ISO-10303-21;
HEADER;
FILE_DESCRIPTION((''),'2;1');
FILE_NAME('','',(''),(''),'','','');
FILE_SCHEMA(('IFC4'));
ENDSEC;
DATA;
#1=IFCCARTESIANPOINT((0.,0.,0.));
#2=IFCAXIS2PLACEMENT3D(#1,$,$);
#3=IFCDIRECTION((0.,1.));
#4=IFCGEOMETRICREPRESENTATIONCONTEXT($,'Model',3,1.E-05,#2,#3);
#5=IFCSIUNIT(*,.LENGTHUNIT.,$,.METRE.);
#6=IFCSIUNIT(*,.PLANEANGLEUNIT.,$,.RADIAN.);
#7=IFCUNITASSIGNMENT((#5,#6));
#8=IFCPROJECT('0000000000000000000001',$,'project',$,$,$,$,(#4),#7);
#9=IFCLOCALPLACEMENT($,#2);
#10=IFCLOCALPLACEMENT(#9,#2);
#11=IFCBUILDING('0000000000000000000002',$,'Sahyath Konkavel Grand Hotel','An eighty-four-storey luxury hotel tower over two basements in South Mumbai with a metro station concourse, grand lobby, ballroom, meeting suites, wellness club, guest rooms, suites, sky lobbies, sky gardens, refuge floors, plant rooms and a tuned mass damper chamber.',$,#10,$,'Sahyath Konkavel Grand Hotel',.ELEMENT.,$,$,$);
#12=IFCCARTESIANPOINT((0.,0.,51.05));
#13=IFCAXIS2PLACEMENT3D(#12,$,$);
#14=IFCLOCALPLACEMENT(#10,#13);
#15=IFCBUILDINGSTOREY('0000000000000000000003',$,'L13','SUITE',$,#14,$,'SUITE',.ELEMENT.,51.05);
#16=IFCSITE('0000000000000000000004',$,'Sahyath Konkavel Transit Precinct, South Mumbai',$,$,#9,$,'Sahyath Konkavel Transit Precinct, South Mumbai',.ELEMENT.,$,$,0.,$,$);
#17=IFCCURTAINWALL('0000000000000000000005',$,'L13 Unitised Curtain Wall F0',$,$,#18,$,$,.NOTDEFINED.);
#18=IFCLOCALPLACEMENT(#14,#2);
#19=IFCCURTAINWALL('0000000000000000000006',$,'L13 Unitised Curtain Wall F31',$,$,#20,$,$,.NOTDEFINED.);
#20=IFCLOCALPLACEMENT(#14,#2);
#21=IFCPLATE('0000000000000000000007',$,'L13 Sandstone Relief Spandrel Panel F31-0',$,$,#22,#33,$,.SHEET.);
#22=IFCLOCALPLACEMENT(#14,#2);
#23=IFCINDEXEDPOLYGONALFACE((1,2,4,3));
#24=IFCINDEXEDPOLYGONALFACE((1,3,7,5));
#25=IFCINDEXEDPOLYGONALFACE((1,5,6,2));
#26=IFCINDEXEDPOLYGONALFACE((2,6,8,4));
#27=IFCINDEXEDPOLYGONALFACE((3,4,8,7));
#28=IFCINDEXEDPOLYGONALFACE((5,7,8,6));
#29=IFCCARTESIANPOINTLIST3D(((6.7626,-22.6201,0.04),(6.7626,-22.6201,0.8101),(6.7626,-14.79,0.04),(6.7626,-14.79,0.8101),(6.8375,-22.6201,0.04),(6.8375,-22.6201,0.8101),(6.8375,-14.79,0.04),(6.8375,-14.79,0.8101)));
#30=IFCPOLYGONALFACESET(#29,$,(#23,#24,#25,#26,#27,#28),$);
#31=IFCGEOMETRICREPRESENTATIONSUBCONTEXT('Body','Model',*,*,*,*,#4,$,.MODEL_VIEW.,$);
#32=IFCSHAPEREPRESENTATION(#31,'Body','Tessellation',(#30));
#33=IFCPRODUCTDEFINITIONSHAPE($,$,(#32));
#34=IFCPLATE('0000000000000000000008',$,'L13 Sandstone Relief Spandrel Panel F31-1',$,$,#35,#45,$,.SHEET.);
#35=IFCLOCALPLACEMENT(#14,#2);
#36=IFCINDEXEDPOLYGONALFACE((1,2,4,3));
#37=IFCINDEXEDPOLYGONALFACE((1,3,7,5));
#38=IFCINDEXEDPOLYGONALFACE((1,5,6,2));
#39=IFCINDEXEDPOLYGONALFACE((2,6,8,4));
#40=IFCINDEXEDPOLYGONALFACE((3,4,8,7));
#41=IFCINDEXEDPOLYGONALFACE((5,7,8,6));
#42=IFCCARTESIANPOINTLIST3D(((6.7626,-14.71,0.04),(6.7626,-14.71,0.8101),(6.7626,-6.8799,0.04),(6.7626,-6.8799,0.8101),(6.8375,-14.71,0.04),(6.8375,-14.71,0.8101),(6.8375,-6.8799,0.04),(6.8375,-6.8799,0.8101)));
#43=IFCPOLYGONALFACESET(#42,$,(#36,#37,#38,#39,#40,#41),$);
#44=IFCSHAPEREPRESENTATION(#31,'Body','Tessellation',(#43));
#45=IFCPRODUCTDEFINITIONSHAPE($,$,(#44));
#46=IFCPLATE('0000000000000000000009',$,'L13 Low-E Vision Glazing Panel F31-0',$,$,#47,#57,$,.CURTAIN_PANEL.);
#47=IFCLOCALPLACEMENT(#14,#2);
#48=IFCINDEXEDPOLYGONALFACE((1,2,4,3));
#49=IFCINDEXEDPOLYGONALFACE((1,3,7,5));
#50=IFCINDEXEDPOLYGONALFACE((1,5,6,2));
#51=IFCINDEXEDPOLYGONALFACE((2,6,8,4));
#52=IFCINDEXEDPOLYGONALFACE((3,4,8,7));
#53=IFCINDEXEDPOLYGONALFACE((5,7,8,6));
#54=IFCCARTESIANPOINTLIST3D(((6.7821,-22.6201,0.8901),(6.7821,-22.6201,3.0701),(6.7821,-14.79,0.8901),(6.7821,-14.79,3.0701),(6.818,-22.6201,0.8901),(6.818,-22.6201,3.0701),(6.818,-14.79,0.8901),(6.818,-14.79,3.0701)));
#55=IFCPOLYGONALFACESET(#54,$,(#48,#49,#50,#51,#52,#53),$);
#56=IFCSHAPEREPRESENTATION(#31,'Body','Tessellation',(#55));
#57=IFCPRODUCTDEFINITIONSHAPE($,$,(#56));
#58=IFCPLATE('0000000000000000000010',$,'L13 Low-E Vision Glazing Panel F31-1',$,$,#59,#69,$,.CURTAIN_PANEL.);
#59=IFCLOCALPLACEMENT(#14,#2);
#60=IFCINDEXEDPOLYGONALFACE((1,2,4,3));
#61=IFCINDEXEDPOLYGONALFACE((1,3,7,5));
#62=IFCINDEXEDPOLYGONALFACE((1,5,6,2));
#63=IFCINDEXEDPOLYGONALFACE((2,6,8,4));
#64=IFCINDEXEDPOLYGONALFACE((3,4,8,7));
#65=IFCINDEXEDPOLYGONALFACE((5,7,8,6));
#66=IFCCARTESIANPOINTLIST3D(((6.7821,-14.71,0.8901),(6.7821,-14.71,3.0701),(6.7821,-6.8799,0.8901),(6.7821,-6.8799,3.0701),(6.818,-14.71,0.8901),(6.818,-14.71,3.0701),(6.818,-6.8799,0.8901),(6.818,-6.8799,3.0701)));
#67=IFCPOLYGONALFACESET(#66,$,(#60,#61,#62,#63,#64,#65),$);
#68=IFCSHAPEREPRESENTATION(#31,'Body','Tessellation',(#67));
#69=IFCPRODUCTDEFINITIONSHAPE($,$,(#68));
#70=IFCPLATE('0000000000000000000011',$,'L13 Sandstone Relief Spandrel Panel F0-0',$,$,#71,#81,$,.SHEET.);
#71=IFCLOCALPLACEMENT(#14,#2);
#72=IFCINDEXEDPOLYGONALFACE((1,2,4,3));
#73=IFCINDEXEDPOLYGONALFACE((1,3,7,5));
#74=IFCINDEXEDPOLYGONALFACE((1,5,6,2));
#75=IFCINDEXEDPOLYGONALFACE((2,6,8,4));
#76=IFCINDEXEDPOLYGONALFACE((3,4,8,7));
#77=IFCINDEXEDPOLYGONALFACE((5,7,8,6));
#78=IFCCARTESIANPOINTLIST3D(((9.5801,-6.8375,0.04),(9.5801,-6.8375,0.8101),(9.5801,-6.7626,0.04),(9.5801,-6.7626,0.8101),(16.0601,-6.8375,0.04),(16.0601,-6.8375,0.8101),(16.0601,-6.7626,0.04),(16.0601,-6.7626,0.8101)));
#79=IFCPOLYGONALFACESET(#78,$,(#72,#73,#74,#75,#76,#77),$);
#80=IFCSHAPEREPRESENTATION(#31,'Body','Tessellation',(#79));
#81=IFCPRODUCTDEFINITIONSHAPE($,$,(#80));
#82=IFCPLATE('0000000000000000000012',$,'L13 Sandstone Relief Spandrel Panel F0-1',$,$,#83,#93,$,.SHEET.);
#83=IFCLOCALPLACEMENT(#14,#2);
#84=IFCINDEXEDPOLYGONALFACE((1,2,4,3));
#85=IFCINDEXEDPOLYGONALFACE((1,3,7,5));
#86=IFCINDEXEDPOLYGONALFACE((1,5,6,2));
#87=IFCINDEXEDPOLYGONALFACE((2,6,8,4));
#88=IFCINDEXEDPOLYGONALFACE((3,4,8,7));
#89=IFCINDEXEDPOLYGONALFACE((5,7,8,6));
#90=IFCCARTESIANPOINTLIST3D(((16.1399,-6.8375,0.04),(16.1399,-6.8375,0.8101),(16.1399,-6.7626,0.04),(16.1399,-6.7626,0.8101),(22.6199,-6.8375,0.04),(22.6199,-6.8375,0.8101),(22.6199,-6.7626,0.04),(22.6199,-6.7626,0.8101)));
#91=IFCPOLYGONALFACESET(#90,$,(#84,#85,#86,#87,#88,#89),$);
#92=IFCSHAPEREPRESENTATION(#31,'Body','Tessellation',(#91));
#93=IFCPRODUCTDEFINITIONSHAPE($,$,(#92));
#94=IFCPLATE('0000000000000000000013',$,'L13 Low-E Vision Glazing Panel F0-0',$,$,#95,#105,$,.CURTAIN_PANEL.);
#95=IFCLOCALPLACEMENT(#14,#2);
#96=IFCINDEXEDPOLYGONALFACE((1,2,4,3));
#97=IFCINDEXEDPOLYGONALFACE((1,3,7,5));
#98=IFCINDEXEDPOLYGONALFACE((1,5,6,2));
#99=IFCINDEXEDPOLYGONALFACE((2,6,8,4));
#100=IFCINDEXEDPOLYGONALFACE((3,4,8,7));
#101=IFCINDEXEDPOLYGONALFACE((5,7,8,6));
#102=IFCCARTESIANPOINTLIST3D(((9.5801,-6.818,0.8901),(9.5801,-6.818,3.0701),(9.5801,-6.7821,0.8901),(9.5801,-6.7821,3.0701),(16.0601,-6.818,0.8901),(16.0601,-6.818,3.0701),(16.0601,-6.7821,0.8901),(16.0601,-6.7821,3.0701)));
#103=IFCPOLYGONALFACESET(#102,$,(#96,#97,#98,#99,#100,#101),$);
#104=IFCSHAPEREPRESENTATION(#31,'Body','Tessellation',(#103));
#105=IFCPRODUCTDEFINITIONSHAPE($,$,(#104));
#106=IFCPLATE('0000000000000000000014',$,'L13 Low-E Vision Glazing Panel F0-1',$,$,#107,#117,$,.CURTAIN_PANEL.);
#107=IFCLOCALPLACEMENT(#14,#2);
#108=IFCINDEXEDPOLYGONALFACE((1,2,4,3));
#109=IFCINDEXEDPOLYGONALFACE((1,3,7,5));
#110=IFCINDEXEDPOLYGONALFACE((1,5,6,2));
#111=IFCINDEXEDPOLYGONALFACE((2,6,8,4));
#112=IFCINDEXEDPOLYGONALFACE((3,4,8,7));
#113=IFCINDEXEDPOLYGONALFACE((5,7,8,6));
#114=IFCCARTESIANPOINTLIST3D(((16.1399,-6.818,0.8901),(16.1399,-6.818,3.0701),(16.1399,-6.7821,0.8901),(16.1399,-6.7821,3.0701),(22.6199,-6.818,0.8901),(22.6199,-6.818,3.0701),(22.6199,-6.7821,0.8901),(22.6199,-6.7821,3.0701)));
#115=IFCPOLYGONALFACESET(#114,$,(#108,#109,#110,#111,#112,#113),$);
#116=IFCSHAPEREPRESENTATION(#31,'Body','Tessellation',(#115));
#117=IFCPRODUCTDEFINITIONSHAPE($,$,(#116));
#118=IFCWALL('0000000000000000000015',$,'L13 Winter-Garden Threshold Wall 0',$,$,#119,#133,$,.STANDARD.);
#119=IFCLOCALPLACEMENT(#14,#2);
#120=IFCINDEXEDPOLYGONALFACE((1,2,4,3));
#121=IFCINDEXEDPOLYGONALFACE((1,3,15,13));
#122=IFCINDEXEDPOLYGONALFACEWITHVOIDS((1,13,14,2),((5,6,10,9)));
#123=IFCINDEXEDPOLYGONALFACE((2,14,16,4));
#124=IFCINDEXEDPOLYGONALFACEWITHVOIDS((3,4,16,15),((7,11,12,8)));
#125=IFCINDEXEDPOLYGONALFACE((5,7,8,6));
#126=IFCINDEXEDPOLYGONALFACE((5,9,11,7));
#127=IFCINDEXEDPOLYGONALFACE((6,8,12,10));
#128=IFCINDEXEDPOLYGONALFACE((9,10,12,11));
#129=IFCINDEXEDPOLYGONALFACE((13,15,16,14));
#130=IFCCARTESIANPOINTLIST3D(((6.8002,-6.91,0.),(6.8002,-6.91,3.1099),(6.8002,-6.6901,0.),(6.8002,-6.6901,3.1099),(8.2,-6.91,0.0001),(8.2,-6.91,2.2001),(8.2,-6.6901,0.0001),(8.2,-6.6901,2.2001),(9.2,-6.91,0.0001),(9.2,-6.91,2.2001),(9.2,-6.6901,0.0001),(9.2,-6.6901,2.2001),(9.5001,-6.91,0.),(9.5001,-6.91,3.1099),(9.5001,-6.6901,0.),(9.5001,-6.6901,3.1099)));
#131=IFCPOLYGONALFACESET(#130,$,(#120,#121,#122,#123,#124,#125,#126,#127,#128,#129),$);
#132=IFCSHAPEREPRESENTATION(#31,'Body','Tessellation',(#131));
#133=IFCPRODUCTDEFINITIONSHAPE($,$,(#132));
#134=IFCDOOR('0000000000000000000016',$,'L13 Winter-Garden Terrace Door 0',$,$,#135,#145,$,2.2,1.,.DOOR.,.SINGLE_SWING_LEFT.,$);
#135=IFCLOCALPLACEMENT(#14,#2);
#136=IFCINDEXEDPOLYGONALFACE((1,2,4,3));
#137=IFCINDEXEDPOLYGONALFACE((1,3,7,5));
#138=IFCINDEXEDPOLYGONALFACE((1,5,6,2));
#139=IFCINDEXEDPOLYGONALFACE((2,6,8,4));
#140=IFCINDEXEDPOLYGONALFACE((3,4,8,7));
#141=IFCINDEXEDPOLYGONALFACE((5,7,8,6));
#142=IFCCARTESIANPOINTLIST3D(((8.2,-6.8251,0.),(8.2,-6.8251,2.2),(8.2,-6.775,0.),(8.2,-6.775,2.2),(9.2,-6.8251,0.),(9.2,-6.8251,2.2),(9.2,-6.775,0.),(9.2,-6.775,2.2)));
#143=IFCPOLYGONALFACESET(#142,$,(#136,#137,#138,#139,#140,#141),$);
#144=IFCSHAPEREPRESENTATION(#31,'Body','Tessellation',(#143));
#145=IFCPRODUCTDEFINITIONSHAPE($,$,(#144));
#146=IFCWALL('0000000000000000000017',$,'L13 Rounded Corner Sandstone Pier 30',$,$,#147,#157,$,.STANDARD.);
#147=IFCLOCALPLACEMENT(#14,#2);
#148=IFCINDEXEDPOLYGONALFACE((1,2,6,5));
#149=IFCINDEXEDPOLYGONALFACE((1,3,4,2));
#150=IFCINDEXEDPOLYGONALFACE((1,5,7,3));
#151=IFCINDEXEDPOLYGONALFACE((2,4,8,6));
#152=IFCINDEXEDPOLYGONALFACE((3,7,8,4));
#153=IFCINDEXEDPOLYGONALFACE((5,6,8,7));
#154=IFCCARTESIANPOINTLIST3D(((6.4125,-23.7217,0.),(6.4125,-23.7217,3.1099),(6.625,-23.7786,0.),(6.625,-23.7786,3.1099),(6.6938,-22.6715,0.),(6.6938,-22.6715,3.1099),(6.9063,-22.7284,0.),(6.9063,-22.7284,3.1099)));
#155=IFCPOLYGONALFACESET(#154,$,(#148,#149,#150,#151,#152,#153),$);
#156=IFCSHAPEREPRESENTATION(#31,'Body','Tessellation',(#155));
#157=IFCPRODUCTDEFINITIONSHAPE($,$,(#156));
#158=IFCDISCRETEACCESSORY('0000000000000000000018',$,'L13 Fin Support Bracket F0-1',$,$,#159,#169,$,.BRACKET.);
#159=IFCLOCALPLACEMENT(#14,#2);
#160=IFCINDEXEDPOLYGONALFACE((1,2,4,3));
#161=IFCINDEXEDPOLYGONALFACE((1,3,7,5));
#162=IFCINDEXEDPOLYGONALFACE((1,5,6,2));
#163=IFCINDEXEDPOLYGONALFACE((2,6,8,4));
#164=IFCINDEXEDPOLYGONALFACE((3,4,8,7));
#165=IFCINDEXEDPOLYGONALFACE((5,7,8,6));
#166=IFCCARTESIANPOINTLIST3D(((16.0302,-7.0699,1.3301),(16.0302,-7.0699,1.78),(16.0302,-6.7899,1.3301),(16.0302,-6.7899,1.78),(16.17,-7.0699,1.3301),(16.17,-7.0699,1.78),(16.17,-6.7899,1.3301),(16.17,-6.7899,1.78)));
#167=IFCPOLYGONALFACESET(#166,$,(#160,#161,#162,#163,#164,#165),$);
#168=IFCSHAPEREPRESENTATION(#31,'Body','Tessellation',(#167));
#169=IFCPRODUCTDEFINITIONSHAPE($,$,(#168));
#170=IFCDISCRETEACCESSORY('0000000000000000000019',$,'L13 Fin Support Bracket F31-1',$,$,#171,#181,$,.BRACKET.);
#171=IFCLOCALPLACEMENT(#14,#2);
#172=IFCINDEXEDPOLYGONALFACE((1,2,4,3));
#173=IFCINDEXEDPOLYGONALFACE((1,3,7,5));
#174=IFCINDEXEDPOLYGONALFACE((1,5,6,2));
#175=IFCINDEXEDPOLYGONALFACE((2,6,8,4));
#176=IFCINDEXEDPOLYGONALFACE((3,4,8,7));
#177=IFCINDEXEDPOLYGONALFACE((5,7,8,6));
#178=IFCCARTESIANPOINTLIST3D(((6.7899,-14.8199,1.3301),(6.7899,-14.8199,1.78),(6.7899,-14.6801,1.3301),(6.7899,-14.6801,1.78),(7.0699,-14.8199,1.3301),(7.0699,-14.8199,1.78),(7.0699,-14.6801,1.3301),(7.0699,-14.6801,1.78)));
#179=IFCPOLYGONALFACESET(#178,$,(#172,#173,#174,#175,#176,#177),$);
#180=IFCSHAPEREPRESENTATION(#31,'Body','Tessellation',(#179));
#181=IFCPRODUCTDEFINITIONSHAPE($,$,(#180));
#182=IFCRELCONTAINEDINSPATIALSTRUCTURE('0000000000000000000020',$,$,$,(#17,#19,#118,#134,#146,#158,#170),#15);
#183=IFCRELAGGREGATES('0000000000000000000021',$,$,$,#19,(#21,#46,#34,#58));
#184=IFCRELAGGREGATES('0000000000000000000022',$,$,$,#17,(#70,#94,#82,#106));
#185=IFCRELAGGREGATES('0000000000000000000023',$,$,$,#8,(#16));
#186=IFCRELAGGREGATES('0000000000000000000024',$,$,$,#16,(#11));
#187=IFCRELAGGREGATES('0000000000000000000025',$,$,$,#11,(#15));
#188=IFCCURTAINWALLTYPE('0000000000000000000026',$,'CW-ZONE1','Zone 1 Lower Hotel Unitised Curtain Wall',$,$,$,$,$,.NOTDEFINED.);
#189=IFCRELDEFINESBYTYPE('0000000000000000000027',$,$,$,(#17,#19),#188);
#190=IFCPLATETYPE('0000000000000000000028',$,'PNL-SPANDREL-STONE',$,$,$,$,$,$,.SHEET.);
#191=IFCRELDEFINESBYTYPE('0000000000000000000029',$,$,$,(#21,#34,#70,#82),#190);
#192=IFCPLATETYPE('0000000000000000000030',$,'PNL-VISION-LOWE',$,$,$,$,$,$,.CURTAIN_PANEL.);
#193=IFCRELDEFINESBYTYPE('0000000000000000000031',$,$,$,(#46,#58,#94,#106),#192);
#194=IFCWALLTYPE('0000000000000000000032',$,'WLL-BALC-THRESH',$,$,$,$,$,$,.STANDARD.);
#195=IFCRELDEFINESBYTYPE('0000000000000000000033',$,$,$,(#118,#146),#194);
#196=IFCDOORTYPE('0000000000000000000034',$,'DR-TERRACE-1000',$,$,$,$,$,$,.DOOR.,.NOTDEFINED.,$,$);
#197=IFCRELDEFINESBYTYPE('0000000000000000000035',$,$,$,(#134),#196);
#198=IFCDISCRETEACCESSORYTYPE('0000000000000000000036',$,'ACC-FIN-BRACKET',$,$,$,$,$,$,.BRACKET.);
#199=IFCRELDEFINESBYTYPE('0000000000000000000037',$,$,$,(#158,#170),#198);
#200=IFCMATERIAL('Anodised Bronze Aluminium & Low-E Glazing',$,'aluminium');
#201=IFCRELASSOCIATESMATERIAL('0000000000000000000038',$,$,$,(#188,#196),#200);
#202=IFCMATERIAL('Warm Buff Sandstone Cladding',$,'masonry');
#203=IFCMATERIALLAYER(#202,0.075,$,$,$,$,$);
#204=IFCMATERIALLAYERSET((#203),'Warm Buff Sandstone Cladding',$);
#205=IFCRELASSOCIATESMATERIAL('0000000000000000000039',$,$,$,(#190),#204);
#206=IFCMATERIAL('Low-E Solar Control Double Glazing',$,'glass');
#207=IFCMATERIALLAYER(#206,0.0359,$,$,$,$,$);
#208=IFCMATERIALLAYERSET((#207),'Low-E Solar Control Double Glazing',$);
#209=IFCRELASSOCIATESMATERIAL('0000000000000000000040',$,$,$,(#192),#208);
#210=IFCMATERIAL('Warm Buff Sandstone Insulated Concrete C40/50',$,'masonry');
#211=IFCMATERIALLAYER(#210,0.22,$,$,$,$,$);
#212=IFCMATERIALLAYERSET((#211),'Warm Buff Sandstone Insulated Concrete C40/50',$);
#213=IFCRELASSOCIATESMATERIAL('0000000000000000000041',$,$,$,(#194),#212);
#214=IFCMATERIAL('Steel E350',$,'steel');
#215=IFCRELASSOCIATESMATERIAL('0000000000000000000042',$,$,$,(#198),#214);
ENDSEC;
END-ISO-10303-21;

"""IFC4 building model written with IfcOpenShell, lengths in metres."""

from ifc_helpers import new_model, si_unit, direction, frame, frame_2d, origin, origin_2d, place, context, subcontext, project, spatial, rectangle, extrude, source, transform, mapped, material, layer, layer_set, type_object, element, fill, aggregate, save


model = new_model("IFC4")

# Units and contexts
model_context = context("Model", 3, precision=1e-05, world=origin(), true_north=direction((0.0, 1.0)))
body_context = subcontext(model_context, "Body", "Model", "MODEL_VIEW")
ifc_project = project(units=[si_unit("LENGTHUNIT", "METRE"), si_unit("PLANEANGLEUNIT", "RADIAN")], contexts=[model_context])

# Site, building, storey
site_placement = place(None, origin())
site = spatial("IfcSite", under=ifc_project, at=site_placement, Name="Sahyath Konkavel Transit Precinct, South Mumbai", LongName="Sahyath Konkavel Transit Precinct, South Mumbai", CompositionType="ELEMENT", RefElevation=0.0)
building_placement = place(site_placement, origin())
building = spatial("IfcBuilding", under=site, at=building_placement, Name="Sahyath Konkavel Grand Hotel", Description="An eighty-four-storey luxury hotel tower over two basements in South Mumbai with a metro station concourse, grand lobby, ballroom, meeting suites, wellness club, guest rooms, suites, sky lobbies, sky gardens, refuge floors, plant rooms and a tuned mass damper chamber.", LongName="Sahyath Konkavel Grand Hotel", CompositionType="ELEMENT")
storey_placement = place(building_placement, frame((0.0, 0.0, 51.05)))
storey = spatial("IfcBuildingStorey", under=building, at=storey_placement, Name="L13", Description="SUITE", LongName="SUITE", CompositionType="ELEMENT", Elevation=51.05)

# Curtain walls
ifc_material_1 = material(Name="Anodised Bronze Aluminium & Low-E Glazing", Category="aluminium")
curtain_wall_type = type_object("IfcCurtainWallType", Name="CW-ZONE1", Description="Zone 1 Lower Hotel Unitised Curtain Wall", PredefinedType="NOTDEFINED", material=ifc_material_1)
curtain_wall_1_placement = place(storey_placement, origin())
curtain_wall_1 = element("IfcCurtainWall", 1, at=curtain_wall_1_placement, inside=storey, type_object=curtain_wall_type, Name="L13 Unitised Curtain Wall F0", PredefinedType="NOTDEFINED")
curtain_wall_2_placement = place(storey_placement, origin())
curtain_wall_2 = element("IfcCurtainWall", 2, at=curtain_wall_2_placement, inside=storey, type_object=curtain_wall_type, Name="L13 Unitised Curtain Wall F31", PredefinedType="NOTDEFINED")

# Plates
ifc_material_2 = material(Name="Warm Buff Sandstone Cladding", Category="masonry")
ifc_layer_1 = layer(ifc_material_2, 0.075)
ifc_layer_set_1 = layer_set([ifc_layer_1], Name="Warm Buff Sandstone Cladding")
plate_type_1 = type_object("IfcPlateType", Name="PNL-SPANDREL-STONE", PredefinedType="SHEET", material=ifc_layer_set_1)
shared_shape_1 = source(origin(), body_context, "Body", "SweptSolid", [
    extrude(rectangle(XDim=7.8301, YDim=0.075, at=origin_2d()), origin(), (0.0, 0.0, 1.0), 0.77),
])
plate_1_placement = place(storey_placement, frame((6.8, -18.7051, 0.04), z_axis=(0.0, 0.0, 1.0), x_axis=(0.0, 1.0, 0.0)))
plate_1 = element("IfcPlate", 3, at=plate_1_placement, type_object=plate_type_1, Name="L13 Sandstone Relief Spandrel Panel F31-0", PredefinedType="SHEET", context=body_context, shape_type="MappedRepresentation", body=[
    mapped(shared_shape_1, transform((0.0, 0.0, 0.0), scale=1.0)),
])
plate_2_placement = place(storey_placement, frame((6.8, -10.7949, 0.04), z_axis=(0.0, 0.0, 1.0), x_axis=(0.0, 1.0, 0.0)))
plate_2 = element("IfcPlate", 4, at=plate_2_placement, type_object=plate_type_1, Name="L13 Sandstone Relief Spandrel Panel F31-1", PredefinedType="SHEET", context=body_context, shape_type="MappedRepresentation", body=[
    mapped(shared_shape_1, transform((0.0, 0.0, 0.0), scale=1.0)),
])
ifc_material_3 = material(Name="Low-E Solar Control Double Glazing", Category="glass")
ifc_layer_2 = layer(ifc_material_3, 0.0359)
ifc_layer_set_2 = layer_set([ifc_layer_2], Name="Low-E Solar Control Double Glazing")
plate_type_2 = type_object("IfcPlateType", Name="PNL-VISION-LOWE", PredefinedType="CURTAIN_PANEL", material=ifc_layer_set_2)
shared_shape_2 = source(origin(), body_context, "Body", "SweptSolid", [
    extrude(rectangle(XDim=7.8301, YDim=0.0359, at=origin_2d()), origin(), (0.0, 0.0, 1.0), 2.1799),
])
plate_3_placement = place(storey_placement, frame((6.8, -18.7051, 0.8901), z_axis=(0.0, 0.0, 1.0), x_axis=(0.0, 1.0, 0.0)))
plate_3 = element("IfcPlate", 5, at=plate_3_placement, type_object=plate_type_2, Name="L13 Low-E Vision Glazing Panel F31-0", PredefinedType="CURTAIN_PANEL", context=body_context, shape_type="MappedRepresentation", body=[
    mapped(shared_shape_2, transform((0.0, 0.0, 0.0), scale=1.0)),
])
plate_4_placement = place(storey_placement, frame((6.8, -10.7949, 0.8901), z_axis=(0.0, 0.0, 1.0), x_axis=(0.0, 1.0, 0.0)))
plate_4 = element("IfcPlate", 6, at=plate_4_placement, type_object=plate_type_2, Name="L13 Low-E Vision Glazing Panel F31-1", PredefinedType="CURTAIN_PANEL", context=body_context, shape_type="MappedRepresentation", body=[
    mapped(shared_shape_2, transform((0.0, 0.0, 0.0), scale=1.0)),
])
aggregate(curtain_wall_2, [plate_1, plate_3, plate_2, plate_4])
shared_shape_3 = source(origin(), body_context, "Body", "SweptSolid", [
    extrude(rectangle(XDim=6.48, YDim=0.075, at=origin_2d()), origin(), (0.0, 0.0, 1.0), 0.77),
])
plate_5_placement = place(storey_placement, frame((12.8201, -6.8, 0.04), z_axis=(0.0, 0.0, 1.0), x_axis=(1.0, 0.0, 0.0)))
plate_5 = element("IfcPlate", 7, at=plate_5_placement, type_object=plate_type_1, Name="L13 Sandstone Relief Spandrel Panel F0-0", PredefinedType="SHEET", context=body_context, shape_type="MappedRepresentation", body=[
    mapped(shared_shape_3, transform((0.0, 0.0, 0.0), scale=1.0)),
])
plate_6_placement = place(storey_placement, frame((19.3799, -6.8, 0.04), z_axis=(0.0, 0.0, 1.0), x_axis=(1.0, 0.0, 0.0)))
plate_6 = element("IfcPlate", 8, at=plate_6_placement, type_object=plate_type_1, Name="L13 Sandstone Relief Spandrel Panel F0-1", PredefinedType="SHEET", context=body_context, shape_type="MappedRepresentation", body=[
    mapped(shared_shape_3, transform((0.0, 0.0, 0.0), scale=1.0)),
])
shared_shape_4 = source(origin(), body_context, "Body", "SweptSolid", [
    extrude(rectangle(XDim=6.48, YDim=0.0359, at=origin_2d()), origin(), (0.0, 0.0, 1.0), 2.1799),
])
plate_7_placement = place(storey_placement, frame((12.8201, -6.8, 0.8901), z_axis=(0.0, 0.0, 1.0), x_axis=(1.0, 0.0, 0.0)))
plate_7 = element("IfcPlate", 9, at=plate_7_placement, type_object=plate_type_2, Name="L13 Low-E Vision Glazing Panel F0-0", PredefinedType="CURTAIN_PANEL", context=body_context, shape_type="MappedRepresentation", body=[
    mapped(shared_shape_4, transform((0.0, 0.0, 0.0), scale=1.0)),
])
plate_8_placement = place(storey_placement, frame((19.3799, -6.8, 0.8901), z_axis=(0.0, 0.0, 1.0), x_axis=(1.0, 0.0, 0.0)))
plate_8 = element("IfcPlate", 10, at=plate_8_placement, type_object=plate_type_2, Name="L13 Low-E Vision Glazing Panel F0-1", PredefinedType="CURTAIN_PANEL", context=body_context, shape_type="MappedRepresentation", body=[
    mapped(shared_shape_4, transform((0.0, 0.0, 0.0), scale=1.0)),
])
aggregate(curtain_wall_1, [plate_5, plate_7, plate_6, plate_8])

# Wall, opening, door
ifc_material_4 = material(Name="Warm Buff Sandstone Insulated Concrete C40/50", Category="masonry")
ifc_layer_3 = layer(ifc_material_4, 0.22)
ifc_layer_set_3 = layer_set([ifc_layer_3], Name="Warm Buff Sandstone Insulated Concrete C40/50")
wall_type = type_object("IfcWallType", Name="WLL-BALC-THRESH", PredefinedType="STANDARD", material=ifc_layer_set_3)
wall_1_placement = place(storey_placement, frame((6.8, -6.8, 0.0), z_axis=(0.0, 0.0, 1.0), x_axis=(1.0, 0.0, 0.0)))
wall_1 = element("IfcWall", 11, at=wall_1_placement, inside=storey, type_object=wall_type, Name="L13 Winter-Garden Threshold Wall 0", PredefinedType="STANDARD", context=body_context, shape_type="SweptSolid", body=[
    extrude(rectangle(XDim=2.7, YDim=0.22, at=frame_2d((1.3501, 0.0))), origin(), (0.0, 0.0, 1.0), 3.1099),
])
opening_placement = place(wall_1_placement, frame((1.3999, 0.0, 0.0)))
opening = element("IfcOpeningElement", 12, at=opening_placement, cuts=wall_1, PredefinedType="OPENING", context=body_context, shape_type="SweptSolid", body=[
    extrude(rectangle(XDim=1.0, YDim=2.2, at=frame_2d((0.5, 1.1001))), frame((0.0, 0.1201, 0.0), z_axis=(0.0, -1.0, 0.0), x_axis=(1.0, 0.0, 0.0)), (0.0, 0.0, 1.0), 0.24),
])
door_type = type_object("IfcDoorType", Name="DR-TERRACE-1000", OperationType="NOTDEFINED", PredefinedType="DOOR", material=ifc_material_1)
shared_shape_5 = source(origin(), body_context, "Body", "SweptSolid", [
    extrude(rectangle(XDim=1.0, YDim=0.05, at=origin_2d()), origin(), (0.0, 0.0, 1.0), 2.2),
])
door_placement = place(opening_placement, frame((0.5, 0.0, 0.0)))
door = element("IfcDoor", 13, at=door_placement, inside=storey, type_object=door_type, Name="L13 Winter-Garden Terrace Door 0", OperationType="SINGLE_SWING_LEFT", OverallHeight=2.2, OverallWidth=1.0, PredefinedType="DOOR", context=body_context, shape_type="MappedRepresentation", body=[
    mapped(shared_shape_5, transform((0.0, 0.0, 0.0), scale=1.0)),
])
fill(opening, door)

# Wall
wall_2_placement = place(storey_placement, frame((6.5188, -23.75, 0.0), z_axis=(0.0, 0.0, 1.0), x_axis=(0.258725, 0.965951, 0.0)))
element("IfcWall", 14, at=wall_2_placement, inside=storey, type_object=wall_type, Name="L13 Rounded Corner Sandstone Pier 30", PredefinedType="STANDARD", context=body_context, shape_type="SweptSolid", body=[
    extrude(rectangle(XDim=1.0872, YDim=0.22, at=frame_2d((0.5435, 0.0))), origin(), (0.0, 0.0, 1.0), 3.1099),
])

# Discrete accessories
ifc_material_5 = material(Name="Steel E350", Category="steel")
discrete_accessory_type = type_object("IfcDiscreteAccessoryType", Name="ACC-FIN-BRACKET", PredefinedType="BRACKET", material=ifc_material_5)
shared_shape_6 = source(origin(), body_context, "Body", "SweptSolid", [
    extrude(rectangle(XDim=0.28, YDim=0.1399, at=origin_2d()), origin(), (0.0, 0.0, 1.0), 0.45),
])
for number, where, z_axis, x_axis, name in (
    (15, (16.1001, -6.9299, 1.3301), (0.0, 0.0, 1.0), (0.0, -1.0, 0.0), "L13 Fin Support Bracket F0-1"),
    (16, (6.9299, -14.75, 1.3301), (0.0, 0.0, 1.0), (1.0, 0.0, 0.0), "L13 Fin Support Bracket F31-1"),
):
    element("IfcDiscreteAccessory", number, at=place(storey_placement, frame(where, z_axis=z_axis, x_axis=x_axis)), inside=storey, type_object=discrete_accessory_type, Name=name, PredefinedType="BRACKET", context=body_context, shape_type="MappedRepresentation", body=[
        mapped(shared_shape_6, transform((0.0, 0.0, 0.0), scale=1.0)),
    ])

save(model, "model.ifc")
